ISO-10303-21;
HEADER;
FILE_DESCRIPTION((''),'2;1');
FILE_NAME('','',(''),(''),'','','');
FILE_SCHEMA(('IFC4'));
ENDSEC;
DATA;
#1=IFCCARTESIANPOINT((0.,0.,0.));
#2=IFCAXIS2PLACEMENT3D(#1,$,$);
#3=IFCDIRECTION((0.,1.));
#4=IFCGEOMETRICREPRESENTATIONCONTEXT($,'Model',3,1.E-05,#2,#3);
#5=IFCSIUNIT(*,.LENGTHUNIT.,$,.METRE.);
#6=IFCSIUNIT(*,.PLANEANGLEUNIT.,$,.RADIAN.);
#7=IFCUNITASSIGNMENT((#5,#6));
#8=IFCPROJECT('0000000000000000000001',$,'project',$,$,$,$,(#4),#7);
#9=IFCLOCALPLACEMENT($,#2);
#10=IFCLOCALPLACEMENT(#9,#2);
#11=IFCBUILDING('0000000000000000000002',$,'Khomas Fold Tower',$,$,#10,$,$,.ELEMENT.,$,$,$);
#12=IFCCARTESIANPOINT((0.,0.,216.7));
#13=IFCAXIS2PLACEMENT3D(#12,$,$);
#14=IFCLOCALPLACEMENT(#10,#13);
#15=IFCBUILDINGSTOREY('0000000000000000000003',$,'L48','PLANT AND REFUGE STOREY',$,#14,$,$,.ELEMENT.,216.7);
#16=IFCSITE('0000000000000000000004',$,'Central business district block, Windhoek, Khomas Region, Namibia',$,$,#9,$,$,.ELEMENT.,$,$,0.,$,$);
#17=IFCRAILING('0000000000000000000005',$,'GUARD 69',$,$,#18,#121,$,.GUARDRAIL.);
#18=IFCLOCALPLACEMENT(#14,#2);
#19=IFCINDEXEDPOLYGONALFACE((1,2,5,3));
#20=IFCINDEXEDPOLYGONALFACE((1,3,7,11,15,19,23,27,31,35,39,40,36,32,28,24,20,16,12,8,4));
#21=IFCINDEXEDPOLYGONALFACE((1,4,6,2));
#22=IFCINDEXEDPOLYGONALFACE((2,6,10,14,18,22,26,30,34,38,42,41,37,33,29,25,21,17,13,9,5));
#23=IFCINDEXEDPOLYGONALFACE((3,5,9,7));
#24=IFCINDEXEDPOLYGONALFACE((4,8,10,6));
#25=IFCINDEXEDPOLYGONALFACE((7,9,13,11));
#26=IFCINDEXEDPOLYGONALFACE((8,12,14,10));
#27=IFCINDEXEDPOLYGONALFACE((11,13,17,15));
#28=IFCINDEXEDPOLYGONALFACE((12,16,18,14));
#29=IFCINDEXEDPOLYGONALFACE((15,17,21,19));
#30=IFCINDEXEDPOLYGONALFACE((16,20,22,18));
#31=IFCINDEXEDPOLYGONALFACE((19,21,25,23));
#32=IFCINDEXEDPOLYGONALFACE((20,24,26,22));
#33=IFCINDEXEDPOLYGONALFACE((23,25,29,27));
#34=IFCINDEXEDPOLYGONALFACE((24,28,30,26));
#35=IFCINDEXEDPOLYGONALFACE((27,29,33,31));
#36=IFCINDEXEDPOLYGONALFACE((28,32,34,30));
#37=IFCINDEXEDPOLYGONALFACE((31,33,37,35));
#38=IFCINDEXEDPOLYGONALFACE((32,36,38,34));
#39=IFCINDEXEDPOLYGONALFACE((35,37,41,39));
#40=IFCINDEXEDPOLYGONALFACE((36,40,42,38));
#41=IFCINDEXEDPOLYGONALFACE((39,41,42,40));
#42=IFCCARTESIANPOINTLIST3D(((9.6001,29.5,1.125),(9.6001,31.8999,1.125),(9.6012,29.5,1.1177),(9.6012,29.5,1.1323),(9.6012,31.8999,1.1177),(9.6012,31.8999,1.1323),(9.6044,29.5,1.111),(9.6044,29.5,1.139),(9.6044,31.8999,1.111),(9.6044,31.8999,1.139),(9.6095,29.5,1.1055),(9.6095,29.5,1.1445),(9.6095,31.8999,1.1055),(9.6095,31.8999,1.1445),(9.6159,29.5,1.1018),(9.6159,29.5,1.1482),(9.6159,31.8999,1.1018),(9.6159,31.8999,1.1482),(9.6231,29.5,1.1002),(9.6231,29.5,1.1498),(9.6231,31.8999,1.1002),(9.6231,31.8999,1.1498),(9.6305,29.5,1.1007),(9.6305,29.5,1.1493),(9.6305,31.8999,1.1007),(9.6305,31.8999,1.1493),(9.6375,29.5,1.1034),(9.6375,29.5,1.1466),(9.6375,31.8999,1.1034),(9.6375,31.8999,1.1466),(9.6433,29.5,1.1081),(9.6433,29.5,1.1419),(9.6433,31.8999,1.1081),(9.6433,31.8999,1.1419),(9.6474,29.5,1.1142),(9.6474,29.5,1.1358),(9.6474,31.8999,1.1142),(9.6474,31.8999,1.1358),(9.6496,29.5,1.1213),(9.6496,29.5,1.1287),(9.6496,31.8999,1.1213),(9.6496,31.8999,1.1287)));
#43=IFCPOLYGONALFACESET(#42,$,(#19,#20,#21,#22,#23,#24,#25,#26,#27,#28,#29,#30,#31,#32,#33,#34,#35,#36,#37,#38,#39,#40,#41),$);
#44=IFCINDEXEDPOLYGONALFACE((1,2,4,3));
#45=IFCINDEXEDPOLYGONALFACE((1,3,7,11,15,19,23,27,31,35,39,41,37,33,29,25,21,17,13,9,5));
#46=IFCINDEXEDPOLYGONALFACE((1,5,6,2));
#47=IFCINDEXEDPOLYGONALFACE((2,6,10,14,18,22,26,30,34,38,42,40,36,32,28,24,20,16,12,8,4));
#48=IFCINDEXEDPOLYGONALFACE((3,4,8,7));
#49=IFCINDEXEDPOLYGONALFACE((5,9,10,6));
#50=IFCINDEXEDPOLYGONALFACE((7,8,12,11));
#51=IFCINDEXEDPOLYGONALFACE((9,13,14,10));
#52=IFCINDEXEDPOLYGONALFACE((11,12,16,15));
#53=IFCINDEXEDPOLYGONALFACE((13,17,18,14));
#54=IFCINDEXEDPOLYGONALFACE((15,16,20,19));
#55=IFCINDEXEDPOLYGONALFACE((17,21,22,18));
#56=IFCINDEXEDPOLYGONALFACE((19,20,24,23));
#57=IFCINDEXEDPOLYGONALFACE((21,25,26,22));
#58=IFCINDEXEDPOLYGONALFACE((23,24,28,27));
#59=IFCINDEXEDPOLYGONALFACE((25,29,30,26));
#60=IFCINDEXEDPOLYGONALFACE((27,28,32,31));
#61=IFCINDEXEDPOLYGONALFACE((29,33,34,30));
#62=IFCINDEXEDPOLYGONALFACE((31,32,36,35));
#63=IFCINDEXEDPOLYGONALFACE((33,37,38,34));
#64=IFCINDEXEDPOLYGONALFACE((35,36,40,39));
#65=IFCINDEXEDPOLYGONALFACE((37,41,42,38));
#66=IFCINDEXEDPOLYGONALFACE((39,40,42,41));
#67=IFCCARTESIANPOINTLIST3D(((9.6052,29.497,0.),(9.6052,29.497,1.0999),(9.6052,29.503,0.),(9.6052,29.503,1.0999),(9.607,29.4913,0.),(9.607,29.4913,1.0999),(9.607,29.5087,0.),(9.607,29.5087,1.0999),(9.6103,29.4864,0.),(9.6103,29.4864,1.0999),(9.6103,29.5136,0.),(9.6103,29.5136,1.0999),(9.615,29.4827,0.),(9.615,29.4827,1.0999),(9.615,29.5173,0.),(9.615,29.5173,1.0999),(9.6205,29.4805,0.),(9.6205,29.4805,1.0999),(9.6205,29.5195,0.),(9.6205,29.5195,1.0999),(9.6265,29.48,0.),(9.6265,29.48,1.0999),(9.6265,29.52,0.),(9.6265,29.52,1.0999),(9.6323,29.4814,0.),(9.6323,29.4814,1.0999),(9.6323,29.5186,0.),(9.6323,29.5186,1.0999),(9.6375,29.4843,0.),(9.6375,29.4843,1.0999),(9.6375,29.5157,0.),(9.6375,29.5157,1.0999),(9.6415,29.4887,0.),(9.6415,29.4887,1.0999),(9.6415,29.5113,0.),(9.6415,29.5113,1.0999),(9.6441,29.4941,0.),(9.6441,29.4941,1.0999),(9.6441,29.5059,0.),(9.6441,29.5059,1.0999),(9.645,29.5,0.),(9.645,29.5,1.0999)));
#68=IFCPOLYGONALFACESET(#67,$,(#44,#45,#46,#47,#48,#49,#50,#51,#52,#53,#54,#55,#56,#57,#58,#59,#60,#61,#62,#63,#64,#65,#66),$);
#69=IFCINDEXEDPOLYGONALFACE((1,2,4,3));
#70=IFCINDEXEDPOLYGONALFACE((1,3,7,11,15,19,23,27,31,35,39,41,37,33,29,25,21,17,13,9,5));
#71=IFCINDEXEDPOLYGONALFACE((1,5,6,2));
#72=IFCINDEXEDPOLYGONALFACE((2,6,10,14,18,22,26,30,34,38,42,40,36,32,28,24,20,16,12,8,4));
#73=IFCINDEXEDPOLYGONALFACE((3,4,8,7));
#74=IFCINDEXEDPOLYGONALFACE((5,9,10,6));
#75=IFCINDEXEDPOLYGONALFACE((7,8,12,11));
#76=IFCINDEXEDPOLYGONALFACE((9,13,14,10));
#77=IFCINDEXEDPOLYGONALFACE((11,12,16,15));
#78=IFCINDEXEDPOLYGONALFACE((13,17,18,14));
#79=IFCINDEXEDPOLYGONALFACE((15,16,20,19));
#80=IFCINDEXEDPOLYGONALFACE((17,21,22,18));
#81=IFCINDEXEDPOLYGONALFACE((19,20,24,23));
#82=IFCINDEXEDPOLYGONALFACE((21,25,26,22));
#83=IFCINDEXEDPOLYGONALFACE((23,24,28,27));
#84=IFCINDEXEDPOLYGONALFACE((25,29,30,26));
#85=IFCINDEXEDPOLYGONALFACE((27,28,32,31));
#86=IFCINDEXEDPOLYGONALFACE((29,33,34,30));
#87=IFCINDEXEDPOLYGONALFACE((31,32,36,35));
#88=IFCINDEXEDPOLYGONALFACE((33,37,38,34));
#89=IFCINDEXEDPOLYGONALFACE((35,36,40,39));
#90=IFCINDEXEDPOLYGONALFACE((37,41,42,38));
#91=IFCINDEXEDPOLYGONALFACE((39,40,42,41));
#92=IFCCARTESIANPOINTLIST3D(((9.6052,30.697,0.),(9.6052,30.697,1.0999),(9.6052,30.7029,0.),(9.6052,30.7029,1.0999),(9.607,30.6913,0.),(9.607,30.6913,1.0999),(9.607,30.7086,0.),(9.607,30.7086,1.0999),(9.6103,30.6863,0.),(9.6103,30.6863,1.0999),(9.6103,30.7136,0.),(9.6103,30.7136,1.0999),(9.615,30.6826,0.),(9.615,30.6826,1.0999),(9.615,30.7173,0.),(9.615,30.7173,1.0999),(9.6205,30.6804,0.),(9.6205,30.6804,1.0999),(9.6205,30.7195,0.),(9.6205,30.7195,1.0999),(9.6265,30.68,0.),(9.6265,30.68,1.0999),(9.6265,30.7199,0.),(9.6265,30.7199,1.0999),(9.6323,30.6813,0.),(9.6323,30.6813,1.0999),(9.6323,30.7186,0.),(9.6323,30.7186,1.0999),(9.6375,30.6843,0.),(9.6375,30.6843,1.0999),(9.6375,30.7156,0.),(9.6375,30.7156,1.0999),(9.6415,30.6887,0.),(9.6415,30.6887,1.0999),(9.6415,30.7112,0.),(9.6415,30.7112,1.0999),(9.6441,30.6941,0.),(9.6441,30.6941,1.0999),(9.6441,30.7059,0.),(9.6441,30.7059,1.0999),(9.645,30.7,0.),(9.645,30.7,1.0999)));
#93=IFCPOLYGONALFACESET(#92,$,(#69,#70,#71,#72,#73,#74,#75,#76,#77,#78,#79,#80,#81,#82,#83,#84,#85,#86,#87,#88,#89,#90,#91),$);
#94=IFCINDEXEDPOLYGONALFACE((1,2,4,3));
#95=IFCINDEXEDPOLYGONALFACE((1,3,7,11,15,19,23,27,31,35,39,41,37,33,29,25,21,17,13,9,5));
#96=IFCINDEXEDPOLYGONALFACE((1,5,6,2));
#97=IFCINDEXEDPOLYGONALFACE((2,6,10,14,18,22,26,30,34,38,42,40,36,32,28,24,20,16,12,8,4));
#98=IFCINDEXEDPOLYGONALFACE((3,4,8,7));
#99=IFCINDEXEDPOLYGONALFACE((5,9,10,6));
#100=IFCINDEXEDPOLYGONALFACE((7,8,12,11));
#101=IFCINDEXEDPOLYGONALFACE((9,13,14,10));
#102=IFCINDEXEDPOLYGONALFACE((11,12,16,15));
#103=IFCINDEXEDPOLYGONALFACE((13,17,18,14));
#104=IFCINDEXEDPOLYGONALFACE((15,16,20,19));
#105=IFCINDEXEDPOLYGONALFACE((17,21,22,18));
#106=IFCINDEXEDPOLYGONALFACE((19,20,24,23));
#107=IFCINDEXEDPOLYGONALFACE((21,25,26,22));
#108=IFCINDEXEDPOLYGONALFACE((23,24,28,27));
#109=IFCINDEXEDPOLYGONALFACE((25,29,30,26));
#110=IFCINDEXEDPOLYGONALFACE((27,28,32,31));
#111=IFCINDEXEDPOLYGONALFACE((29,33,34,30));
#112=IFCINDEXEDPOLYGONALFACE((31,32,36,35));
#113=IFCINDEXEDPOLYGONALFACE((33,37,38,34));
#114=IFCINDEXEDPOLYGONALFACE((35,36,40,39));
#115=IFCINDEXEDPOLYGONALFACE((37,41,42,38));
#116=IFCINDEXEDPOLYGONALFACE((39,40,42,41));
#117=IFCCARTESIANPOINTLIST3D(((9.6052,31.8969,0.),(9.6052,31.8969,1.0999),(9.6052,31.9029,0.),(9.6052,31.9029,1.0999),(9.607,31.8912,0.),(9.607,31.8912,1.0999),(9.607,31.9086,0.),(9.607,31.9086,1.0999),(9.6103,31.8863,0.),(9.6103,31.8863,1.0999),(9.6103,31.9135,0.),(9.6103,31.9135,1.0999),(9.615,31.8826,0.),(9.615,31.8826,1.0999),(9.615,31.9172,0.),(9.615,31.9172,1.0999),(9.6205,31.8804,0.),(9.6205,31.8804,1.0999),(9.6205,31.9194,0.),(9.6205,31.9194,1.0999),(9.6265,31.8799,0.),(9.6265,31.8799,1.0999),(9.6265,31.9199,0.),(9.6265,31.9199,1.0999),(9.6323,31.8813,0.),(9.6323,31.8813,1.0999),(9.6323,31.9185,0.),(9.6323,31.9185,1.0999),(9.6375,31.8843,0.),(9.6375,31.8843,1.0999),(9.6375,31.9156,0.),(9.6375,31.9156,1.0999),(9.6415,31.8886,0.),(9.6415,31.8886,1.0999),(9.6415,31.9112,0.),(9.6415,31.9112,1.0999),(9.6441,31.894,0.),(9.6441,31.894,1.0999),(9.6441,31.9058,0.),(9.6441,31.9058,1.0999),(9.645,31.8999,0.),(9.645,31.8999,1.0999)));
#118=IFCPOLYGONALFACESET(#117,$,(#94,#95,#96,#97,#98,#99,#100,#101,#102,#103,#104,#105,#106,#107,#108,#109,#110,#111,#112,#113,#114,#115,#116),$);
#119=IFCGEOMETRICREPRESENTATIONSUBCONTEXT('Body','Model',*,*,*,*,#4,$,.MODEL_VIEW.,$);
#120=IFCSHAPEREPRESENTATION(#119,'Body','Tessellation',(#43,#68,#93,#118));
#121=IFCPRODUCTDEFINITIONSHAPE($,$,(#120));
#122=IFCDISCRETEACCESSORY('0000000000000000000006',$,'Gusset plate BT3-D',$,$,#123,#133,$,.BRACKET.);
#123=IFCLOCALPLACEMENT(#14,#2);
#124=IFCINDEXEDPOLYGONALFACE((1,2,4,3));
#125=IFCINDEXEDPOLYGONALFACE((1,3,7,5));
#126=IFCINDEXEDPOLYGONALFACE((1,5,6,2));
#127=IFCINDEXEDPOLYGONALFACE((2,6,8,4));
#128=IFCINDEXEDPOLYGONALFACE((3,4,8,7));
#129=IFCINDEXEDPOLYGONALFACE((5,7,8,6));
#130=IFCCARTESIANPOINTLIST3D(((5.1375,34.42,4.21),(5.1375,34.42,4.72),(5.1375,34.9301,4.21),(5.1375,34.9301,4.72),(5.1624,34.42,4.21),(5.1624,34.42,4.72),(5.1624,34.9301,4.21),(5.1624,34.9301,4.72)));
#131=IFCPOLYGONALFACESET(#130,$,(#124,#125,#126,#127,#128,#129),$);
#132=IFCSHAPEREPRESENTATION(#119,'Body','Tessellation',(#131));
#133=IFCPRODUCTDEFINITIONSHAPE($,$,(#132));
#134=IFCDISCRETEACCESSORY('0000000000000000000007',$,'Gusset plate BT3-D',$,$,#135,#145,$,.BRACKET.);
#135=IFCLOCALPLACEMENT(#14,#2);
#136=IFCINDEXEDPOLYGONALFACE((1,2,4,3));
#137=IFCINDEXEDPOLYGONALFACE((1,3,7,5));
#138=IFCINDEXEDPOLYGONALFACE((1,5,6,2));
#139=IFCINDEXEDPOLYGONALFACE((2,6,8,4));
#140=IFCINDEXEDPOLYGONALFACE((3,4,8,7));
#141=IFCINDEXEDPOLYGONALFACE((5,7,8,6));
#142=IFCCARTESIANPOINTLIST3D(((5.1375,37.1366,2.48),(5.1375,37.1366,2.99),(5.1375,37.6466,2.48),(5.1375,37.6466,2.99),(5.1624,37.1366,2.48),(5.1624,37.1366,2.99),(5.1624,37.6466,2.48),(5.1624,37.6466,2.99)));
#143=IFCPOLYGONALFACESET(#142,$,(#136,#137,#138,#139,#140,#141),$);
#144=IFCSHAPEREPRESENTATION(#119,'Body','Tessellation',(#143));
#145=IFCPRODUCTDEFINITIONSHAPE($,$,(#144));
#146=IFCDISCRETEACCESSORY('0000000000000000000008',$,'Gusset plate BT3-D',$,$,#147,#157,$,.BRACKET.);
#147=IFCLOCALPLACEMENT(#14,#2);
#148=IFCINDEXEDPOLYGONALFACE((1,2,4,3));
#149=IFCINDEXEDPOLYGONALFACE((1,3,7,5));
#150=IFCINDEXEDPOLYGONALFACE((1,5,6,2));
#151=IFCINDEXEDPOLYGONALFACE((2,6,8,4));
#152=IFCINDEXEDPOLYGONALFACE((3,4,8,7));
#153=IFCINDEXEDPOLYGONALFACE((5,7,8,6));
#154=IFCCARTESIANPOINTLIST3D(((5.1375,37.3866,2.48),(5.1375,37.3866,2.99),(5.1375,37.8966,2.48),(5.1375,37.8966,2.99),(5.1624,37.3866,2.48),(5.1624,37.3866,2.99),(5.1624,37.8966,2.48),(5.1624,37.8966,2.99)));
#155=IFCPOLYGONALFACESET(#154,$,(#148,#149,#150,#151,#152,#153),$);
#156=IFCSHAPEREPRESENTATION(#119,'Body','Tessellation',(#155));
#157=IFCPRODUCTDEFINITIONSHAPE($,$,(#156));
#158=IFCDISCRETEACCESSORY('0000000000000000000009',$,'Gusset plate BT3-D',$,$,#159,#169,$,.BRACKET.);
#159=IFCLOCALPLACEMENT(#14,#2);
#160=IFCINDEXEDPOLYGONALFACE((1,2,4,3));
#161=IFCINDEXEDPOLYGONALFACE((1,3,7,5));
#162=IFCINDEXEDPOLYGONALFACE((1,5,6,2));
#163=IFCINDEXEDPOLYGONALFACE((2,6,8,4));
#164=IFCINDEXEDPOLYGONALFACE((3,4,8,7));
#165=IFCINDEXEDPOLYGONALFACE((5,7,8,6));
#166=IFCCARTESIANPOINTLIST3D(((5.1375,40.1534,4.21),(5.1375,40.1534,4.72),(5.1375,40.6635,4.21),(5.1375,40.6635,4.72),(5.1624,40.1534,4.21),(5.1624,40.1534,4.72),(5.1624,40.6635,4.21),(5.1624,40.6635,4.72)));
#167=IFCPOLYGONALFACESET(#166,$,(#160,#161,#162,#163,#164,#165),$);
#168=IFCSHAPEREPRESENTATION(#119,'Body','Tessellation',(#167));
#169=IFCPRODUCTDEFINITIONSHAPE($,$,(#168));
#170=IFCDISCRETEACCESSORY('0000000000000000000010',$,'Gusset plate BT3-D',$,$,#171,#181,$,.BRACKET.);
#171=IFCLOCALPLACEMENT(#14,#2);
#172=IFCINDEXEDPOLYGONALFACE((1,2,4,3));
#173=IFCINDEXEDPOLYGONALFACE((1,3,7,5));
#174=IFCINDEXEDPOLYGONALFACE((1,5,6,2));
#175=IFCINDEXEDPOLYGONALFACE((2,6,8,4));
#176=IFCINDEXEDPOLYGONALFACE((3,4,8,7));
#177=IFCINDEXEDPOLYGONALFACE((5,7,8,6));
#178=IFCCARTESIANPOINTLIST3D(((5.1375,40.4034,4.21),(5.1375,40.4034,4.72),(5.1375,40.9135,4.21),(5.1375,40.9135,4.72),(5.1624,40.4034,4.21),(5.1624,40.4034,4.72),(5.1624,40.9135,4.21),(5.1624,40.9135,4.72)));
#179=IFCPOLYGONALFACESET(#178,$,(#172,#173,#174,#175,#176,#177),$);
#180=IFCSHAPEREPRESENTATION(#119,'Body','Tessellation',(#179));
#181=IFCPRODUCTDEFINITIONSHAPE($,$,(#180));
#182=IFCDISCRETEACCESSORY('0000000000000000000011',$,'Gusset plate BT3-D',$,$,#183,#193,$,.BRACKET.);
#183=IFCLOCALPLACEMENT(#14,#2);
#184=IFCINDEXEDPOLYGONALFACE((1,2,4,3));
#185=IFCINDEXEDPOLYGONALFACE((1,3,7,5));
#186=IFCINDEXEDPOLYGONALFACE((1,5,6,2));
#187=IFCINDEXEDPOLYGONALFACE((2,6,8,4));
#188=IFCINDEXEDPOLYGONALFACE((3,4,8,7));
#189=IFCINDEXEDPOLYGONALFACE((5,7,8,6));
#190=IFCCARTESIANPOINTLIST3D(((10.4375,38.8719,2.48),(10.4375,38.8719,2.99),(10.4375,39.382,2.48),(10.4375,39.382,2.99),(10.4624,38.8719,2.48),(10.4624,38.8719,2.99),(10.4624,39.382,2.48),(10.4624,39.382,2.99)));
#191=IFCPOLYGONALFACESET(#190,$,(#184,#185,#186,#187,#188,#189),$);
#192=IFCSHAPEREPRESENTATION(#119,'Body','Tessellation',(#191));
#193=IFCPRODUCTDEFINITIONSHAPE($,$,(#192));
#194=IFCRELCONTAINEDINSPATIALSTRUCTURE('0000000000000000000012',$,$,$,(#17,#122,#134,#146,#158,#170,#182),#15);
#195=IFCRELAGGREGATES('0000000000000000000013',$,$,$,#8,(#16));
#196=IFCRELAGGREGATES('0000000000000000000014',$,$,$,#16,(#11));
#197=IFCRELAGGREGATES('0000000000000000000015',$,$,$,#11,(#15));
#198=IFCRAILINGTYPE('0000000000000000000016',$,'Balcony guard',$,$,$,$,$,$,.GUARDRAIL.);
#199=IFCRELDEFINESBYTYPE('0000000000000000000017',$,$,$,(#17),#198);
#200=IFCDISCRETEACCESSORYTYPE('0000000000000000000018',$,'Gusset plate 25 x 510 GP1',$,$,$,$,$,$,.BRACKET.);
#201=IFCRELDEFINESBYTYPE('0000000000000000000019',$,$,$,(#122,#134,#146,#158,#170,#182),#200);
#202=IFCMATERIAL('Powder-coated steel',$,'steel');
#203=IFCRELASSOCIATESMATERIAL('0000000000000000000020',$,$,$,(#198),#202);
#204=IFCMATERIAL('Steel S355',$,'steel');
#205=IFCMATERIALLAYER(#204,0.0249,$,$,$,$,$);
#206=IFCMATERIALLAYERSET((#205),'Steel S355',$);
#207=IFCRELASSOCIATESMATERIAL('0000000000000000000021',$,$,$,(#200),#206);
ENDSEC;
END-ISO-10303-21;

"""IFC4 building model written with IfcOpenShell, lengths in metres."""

from ifc_helpers import new_model, si_unit, direction, frame, origin, origin_2d, place, context, subcontext, project, spatial, rectangle, circle, extrude, source, transform, mapped, material, layer, layer_set, type_object, element, save


model = new_model("IFC4")

# Units and contexts
model_context = context("Model", 3, precision=1e-05, world=origin(), true_north=direction((0.0, 1.0)))
body_context = subcontext(model_context, "Body", "Model", "MODEL_VIEW")
ifc_project = project(units=[si_unit("LENGTHUNIT", "METRE"), si_unit("PLANEANGLEUNIT", "RADIAN")], contexts=[model_context])

# Site, building, storey
site_placement = place(None, origin())
site = spatial("IfcSite", under=ifc_project, at=site_placement, Name="Central business district block, Windhoek, Khomas Region, Namibia", CompositionType="ELEMENT", RefElevation=0.0)
building_placement = place(site_placement, origin())
building = spatial("IfcBuilding", under=site, at=building_placement, Name="Khomas Fold Tower", CompositionType="ELEMENT")
storey_placement = place(building_placement, frame((0.0, 0.0, 216.7)))
storey = spatial("IfcBuildingStorey", under=building, at=storey_placement, Name="L48", Description="PLANT AND REFUGE STOREY", CompositionType="ELEMENT", Elevation=216.7)

# Railing
ifc_material_1 = material(Name="Powder-coated steel", Category="steel")
railing_type = type_object("IfcRailingType", Name="Balcony guard", PredefinedType="GUARDRAIL", material=ifc_material_1)
shared_shape_1 = source(origin(), body_context, "Body", "SweptSolid", [
    extrude(circle(Radius=0.0249, at=origin_2d()), frame((0.0, 0.0, 1.125), z_axis=(0.0, 1.0, 0.0), x_axis=(-1.0, 0.0, 0.0)), (0.0, 0.0, 1.0), 2.3999),
    extrude(circle(Radius=0.02, at=origin_2d()), origin(), (0.0, 0.0, 1.0), 1.0999),
    extrude(circle(Radius=0.02, at=origin_2d()), frame((0.0, 1.2, 0.0)), (0.0, 0.0, 1.0), 1.0999),
    extrude(circle(Radius=0.02, at=origin_2d()), frame((0.0, 2.3999, 0.0)), (0.0, 0.0, 1.0), 1.0999),
])
railing_placement = place(storey_placement, frame((9.625, 29.5, 0.0)))
element("IfcRailing", 1, at=railing_placement, inside=storey, type_object=railing_type, Name="GUARD 69", PredefinedType="GUARDRAIL", context=body_context, shape_type="MappedRepresentation", body=[
    mapped(shared_shape_1, transform((0.0, 0.0, 0.0))),
])

# Discrete accessories
ifc_material_2 = material(Name="Steel S355", Category="steel")
ifc_layer_1 = layer(ifc_material_2, 0.0249)
ifc_layer_set_1 = layer_set([ifc_layer_1], Name="Steel S355")
discrete_accessory_type = type_object("IfcDiscreteAccessoryType", Name="Gusset plate 25 x 510 GP1", PredefinedType="BRACKET", material=ifc_layer_set_1)
shared_shape_2 = source(origin(), body_context, "Body", "SweptSolid", [
    extrude(rectangle(XDim=0.51, YDim=0.0249, at=origin_2d()), origin(), (0.0, 0.0, 1.0), 0.51),
])
for number, where, z_axis, x_axis, name in (
    (2, (5.1499, 34.675, 4.21), (0.0, 0.0, 1.0), (0.0, 1.0, 0.0), "Gusset plate BT3-D"),
    (3, (5.1499, 37.3916, 2.48), (0.0, 0.0, 1.0), (0.0, 1.0, 0.0), "Gusset plate BT3-D"),
    (4, (5.1499, 37.6416, 2.48), (0.0, 0.0, 1.0), (0.0, 1.0, 0.0), "Gusset plate BT3-D"),
    (5, (5.1499, 40.4084, 4.21), (0.0, 0.0, 1.0), (0.0, 1.0, 0.0), "Gusset plate BT3-D"),
    (6, (5.1499, 40.6584, 4.21), (0.0, 0.0, 1.0), (0.0, 1.0, 0.0), "Gusset plate BT3-D"),
    (7, (10.45, 39.127, 2.48), (0.0, 0.0, 1.0), (0.0, 1.0, 0.0), "Gusset plate BT3-D"),
):
    element("IfcDiscreteAccessory", number, at=place(storey_placement, frame(where, z_axis=z_axis, x_axis=x_axis)), inside=storey, type_object=discrete_accessory_type, Name=name, PredefinedType="BRACKET", context=body_context, shape_type="MappedRepresentation", body=[
        mapped(shared_shape_2, transform((0.0, 0.0, 0.0))),
    ])

save(model, "model.ifc")
